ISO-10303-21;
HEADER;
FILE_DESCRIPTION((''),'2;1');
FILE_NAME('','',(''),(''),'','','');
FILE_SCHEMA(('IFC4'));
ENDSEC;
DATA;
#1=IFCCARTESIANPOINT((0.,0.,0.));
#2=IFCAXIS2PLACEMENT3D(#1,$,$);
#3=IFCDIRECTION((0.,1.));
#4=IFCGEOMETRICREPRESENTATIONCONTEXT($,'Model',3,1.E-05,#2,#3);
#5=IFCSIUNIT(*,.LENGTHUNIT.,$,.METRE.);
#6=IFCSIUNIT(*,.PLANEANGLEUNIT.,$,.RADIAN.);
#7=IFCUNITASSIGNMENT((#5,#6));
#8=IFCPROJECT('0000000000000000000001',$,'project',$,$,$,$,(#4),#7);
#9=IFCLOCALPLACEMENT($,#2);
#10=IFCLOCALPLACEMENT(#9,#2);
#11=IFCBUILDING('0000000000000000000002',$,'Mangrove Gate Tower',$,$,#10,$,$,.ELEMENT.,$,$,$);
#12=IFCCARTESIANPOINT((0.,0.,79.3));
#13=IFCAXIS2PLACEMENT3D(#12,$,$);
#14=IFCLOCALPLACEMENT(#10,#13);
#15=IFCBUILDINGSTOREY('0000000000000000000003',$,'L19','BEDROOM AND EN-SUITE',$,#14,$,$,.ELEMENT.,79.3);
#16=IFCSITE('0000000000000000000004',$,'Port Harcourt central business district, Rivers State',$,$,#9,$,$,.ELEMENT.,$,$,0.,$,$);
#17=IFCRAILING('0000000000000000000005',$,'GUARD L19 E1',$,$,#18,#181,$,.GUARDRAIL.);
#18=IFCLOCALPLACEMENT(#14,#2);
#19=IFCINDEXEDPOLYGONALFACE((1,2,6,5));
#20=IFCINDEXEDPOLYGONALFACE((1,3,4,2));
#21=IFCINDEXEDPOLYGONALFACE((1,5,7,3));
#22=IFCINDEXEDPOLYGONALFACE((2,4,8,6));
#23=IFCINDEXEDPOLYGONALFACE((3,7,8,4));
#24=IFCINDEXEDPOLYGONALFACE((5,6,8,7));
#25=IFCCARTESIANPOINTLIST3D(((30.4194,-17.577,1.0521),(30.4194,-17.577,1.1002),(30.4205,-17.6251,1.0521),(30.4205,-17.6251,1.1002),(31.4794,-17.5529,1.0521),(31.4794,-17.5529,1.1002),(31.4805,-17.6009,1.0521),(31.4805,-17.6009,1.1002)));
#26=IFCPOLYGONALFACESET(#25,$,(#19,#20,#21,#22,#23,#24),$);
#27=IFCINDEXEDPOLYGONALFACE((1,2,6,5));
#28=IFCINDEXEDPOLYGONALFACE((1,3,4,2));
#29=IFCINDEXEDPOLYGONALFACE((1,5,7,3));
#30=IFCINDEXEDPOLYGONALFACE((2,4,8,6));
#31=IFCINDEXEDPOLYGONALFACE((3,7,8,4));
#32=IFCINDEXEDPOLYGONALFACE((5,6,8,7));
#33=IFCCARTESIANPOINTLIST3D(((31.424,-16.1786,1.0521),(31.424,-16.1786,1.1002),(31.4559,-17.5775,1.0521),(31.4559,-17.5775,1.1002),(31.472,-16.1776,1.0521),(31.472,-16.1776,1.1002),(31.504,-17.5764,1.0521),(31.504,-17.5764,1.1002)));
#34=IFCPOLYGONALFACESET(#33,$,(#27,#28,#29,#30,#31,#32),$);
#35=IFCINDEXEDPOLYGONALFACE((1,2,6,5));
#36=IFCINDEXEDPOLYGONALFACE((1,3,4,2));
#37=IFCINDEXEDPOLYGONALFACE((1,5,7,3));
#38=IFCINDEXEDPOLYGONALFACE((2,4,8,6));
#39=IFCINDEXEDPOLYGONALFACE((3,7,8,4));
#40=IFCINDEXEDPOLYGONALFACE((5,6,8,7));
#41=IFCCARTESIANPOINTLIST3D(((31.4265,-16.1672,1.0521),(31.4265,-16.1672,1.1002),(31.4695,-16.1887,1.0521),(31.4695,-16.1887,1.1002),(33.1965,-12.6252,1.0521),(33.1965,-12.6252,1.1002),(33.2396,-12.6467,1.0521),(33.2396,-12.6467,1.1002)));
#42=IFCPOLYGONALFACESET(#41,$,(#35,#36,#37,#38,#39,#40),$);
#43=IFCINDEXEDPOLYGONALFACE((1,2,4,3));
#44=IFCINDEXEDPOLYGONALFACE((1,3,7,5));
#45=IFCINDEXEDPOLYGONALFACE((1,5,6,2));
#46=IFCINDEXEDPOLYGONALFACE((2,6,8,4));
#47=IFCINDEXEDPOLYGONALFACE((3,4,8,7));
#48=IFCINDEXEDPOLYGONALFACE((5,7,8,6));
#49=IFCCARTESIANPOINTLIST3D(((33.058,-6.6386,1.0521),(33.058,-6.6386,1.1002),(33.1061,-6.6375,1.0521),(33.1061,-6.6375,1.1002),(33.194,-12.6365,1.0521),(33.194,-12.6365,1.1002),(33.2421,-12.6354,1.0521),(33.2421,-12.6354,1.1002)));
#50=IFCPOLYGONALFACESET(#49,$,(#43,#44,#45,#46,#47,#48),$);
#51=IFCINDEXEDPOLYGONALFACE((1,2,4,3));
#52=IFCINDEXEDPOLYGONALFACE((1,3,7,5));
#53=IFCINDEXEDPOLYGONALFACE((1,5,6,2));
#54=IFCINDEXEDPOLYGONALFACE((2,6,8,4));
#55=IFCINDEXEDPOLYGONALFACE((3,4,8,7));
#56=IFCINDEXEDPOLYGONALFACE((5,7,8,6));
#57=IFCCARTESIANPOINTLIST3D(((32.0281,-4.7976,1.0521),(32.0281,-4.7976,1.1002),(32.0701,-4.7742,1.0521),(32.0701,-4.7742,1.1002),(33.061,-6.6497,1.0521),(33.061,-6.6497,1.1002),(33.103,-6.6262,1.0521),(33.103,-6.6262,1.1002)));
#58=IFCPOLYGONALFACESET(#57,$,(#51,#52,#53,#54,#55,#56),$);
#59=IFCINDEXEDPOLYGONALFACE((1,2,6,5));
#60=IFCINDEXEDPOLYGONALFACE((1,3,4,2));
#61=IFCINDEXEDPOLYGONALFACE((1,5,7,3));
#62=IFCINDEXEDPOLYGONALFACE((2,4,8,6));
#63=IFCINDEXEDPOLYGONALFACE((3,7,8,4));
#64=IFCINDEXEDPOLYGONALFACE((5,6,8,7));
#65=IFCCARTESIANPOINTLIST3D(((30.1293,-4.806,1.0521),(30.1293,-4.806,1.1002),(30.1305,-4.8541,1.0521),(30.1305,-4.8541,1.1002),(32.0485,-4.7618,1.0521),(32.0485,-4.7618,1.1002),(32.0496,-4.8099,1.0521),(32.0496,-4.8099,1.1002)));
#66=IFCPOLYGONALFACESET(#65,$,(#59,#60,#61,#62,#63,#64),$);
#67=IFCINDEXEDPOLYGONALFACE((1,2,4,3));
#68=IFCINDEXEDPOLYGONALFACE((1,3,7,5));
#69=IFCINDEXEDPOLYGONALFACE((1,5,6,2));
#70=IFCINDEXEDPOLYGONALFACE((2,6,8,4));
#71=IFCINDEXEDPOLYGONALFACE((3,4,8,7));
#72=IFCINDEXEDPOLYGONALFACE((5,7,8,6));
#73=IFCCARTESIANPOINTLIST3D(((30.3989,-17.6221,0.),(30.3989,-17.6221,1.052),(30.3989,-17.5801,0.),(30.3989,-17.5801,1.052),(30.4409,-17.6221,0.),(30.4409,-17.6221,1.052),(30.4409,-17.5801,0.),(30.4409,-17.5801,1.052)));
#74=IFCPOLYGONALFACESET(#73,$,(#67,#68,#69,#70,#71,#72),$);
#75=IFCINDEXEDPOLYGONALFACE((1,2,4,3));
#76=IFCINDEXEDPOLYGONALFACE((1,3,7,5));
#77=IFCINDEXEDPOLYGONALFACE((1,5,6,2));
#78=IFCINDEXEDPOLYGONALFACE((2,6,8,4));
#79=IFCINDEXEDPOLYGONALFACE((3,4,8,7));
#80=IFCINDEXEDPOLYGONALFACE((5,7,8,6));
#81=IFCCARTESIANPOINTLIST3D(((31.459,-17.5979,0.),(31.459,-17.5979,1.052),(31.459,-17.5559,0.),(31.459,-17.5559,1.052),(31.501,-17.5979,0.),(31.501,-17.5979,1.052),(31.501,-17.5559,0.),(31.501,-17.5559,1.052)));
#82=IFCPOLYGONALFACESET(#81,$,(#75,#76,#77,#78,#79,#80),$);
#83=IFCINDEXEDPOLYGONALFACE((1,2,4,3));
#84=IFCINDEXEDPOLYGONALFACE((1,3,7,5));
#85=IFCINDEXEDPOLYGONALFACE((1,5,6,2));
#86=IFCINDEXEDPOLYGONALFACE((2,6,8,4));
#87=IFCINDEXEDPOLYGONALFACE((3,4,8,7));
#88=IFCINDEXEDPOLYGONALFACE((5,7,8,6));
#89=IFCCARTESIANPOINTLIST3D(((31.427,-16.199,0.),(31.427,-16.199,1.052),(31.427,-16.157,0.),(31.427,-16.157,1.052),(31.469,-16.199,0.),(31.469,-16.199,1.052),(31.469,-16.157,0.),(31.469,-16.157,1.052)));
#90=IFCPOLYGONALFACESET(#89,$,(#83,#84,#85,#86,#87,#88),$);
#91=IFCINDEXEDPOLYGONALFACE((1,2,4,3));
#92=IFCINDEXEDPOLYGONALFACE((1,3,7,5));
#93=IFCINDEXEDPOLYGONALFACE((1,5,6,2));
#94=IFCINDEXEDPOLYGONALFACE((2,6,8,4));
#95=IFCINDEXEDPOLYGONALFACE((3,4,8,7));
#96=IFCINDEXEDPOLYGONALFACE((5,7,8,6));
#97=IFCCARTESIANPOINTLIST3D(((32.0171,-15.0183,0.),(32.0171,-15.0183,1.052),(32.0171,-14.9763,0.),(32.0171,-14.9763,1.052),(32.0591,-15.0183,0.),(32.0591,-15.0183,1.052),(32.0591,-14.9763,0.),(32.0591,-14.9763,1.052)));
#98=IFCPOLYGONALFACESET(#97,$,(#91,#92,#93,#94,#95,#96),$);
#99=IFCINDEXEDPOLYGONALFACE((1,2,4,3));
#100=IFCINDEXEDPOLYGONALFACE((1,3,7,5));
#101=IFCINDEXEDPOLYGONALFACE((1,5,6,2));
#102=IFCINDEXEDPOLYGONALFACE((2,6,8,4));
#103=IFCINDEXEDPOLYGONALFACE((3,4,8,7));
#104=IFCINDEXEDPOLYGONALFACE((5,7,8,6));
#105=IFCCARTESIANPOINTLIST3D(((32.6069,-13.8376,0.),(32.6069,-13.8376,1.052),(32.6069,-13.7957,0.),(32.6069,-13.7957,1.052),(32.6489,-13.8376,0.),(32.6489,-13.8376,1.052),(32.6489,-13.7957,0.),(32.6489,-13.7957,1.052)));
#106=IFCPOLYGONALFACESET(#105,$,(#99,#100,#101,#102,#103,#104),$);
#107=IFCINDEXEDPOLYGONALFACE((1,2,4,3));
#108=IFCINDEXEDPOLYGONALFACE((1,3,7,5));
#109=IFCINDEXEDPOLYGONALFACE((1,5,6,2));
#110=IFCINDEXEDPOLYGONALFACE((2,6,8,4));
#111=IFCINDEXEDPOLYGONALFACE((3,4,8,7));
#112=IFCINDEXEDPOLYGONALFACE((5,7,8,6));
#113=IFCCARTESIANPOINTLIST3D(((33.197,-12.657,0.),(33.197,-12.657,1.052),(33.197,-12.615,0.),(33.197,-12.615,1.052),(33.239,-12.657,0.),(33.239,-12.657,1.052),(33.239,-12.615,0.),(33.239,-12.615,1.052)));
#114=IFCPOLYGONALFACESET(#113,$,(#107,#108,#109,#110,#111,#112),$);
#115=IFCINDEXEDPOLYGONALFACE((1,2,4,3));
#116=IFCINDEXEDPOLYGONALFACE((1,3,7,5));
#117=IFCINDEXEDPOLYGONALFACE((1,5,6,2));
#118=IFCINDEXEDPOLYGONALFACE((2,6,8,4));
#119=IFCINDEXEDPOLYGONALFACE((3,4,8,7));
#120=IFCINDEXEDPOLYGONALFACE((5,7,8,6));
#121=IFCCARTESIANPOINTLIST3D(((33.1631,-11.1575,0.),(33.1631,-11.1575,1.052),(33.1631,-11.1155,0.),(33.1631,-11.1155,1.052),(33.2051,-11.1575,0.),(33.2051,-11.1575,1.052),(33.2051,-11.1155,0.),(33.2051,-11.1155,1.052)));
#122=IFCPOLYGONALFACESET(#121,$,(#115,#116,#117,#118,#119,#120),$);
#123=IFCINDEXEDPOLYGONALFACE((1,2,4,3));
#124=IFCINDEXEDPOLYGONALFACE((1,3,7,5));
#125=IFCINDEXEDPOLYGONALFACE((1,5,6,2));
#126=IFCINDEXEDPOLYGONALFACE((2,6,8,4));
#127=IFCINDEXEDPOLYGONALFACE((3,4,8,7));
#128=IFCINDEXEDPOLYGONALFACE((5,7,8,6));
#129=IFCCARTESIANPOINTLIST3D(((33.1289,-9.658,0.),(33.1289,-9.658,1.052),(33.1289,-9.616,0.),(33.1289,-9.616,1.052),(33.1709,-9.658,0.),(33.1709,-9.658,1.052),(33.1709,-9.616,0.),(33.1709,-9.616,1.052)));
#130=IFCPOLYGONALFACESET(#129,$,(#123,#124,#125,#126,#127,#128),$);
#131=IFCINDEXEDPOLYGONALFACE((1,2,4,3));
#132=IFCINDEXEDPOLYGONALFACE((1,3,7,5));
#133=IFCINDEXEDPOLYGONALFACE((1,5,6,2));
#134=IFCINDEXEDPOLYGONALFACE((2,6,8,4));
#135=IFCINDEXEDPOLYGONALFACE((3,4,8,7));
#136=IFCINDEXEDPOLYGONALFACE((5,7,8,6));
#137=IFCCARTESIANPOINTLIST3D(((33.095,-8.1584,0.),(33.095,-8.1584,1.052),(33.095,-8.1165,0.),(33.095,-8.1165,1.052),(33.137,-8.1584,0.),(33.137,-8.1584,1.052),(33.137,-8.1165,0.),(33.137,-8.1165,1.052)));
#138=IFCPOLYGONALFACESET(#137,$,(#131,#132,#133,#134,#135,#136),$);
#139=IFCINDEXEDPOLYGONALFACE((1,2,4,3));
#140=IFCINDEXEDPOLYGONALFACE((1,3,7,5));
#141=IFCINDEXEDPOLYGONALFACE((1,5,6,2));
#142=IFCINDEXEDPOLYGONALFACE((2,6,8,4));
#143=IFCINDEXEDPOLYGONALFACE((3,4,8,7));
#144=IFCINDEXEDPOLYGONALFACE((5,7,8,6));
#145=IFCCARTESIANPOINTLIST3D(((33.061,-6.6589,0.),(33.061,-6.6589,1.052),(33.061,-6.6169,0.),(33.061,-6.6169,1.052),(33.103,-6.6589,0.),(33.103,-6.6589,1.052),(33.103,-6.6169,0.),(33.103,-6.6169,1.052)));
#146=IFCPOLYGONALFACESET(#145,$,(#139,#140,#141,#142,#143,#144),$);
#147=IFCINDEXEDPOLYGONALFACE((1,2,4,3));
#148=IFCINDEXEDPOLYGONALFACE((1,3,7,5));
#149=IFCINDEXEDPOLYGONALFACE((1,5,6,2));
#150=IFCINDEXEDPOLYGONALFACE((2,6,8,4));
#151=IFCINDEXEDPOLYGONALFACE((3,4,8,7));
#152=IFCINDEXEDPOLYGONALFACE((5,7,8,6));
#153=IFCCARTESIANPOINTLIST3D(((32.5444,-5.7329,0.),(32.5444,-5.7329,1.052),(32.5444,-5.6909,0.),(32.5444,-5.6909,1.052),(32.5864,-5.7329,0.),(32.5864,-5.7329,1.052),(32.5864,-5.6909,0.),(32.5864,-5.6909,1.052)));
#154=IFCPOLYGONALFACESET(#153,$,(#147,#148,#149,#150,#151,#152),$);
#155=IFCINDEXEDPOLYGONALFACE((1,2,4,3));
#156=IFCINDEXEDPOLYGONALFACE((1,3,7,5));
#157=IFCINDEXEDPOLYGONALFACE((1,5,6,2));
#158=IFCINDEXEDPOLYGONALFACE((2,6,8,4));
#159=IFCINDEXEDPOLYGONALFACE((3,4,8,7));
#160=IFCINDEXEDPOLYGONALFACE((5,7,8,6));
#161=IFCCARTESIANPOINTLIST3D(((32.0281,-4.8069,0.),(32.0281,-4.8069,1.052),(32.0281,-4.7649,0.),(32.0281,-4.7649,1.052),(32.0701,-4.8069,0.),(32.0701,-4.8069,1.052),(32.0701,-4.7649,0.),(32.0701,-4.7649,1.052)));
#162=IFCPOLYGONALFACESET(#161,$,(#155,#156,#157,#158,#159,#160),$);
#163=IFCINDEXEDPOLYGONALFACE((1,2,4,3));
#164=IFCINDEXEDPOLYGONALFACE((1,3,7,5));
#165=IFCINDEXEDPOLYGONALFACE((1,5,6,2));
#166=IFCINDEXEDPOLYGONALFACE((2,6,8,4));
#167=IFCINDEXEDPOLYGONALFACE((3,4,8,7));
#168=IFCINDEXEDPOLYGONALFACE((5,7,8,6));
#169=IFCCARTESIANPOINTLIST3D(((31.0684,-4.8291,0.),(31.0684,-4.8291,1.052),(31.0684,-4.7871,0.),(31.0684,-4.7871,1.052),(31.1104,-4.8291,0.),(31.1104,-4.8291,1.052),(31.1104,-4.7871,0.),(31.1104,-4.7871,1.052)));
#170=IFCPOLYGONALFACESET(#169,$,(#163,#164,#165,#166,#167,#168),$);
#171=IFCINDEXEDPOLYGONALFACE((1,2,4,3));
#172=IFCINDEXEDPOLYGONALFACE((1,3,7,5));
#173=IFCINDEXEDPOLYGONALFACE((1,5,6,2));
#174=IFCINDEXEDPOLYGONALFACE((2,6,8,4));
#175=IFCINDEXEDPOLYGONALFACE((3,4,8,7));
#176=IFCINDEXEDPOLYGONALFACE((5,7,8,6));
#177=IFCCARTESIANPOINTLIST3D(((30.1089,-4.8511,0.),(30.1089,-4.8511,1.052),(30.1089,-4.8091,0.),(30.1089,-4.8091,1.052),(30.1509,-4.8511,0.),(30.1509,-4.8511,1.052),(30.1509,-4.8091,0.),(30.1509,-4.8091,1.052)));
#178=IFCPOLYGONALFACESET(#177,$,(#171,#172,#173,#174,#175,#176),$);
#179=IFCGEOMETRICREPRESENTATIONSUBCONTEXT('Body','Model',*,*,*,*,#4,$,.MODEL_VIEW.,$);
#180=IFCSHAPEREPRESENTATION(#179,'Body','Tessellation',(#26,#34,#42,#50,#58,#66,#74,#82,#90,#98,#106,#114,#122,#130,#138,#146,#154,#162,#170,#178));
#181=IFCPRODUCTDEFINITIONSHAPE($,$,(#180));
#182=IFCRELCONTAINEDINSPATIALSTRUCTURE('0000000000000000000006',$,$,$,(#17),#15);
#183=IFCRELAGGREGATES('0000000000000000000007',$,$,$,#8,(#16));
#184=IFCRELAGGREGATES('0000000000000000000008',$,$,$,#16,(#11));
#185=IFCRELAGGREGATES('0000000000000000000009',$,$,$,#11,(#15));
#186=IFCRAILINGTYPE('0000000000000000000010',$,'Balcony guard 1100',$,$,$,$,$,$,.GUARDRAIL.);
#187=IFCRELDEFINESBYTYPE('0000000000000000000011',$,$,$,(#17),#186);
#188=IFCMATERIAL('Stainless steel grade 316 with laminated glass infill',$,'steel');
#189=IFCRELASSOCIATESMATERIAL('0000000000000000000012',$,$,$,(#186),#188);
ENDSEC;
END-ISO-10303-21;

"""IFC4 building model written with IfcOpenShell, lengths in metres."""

from ifc_helpers import new_model, si_unit, direction, frame, origin, origin_2d, place, context, subcontext, project, spatial, rectangle, extrude, material, type_object, element, save


model = new_model("IFC4")

# Units and contexts
model_context = context("Model", 3, precision=1e-05, world=origin(), true_north=direction((0.0, 1.0)))
body_context = subcontext(model_context, "Body", "Model", "MODEL_VIEW")
ifc_project = project(units=[si_unit("LENGTHUNIT", "METRE"), si_unit("PLANEANGLEUNIT", "RADIAN")], contexts=[model_context])

# Site, building, storey
site_placement = place(None, origin())
site = spatial("IfcSite", under=ifc_project, at=site_placement, Name="Port Harcourt central business district, Rivers State", CompositionType="ELEMENT", RefElevation=0.0)
building_placement = place(site_placement, origin())
building = spatial("IfcBuilding", under=site, at=building_placement, Name="Mangrove Gate Tower", CompositionType="ELEMENT")
storey_placement = place(building_placement, frame((0.0, 0.0, 79.3)))
storey = spatial("IfcBuildingStorey", under=building, at=storey_placement, Name="L19", Description="BEDROOM AND EN-SUITE", CompositionType="ELEMENT", Elevation=79.3)

# Railing
ifc_material_1 = material(Name="Stainless steel grade 316 with laminated glass infill", Category="steel")
railing_type = type_object("IfcRailingType", Name="Balcony guard 1100", PredefinedType="GUARDRAIL", material=ifc_material_1)
railing_placement = place(storey_placement, frame((30.4199, -17.6011, 0.0)))
element("IfcRailing", 1, at=railing_placement, inside=storey, type_object=railing_type, Name="GUARD L19 E1", PredefinedType="GUARDRAIL", context=body_context, shape_type="SweptSolid", body=[
    extrude(rectangle(XDim=0.0481, YDim=0.0481, at=origin_2d()), frame((0.0, 0.0, 1.0762), z_axis=(0.99974, 0.022795, 0.0), x_axis=(-0.022795, 0.99974, 0.0)), (0.0, 0.0, 1.0), 1.0603),
    extrude(rectangle(XDim=0.0481, YDim=0.0481, at=origin_2d()), frame((1.0601, 0.0242, 1.0762), z_axis=(-0.022856, 0.999739, 0.0), x_axis=(-0.999739, -0.022856, 0.0)), (0.0, 0.0, 1.0), 1.3992),
    extrude(rectangle(XDim=0.0481, YDim=0.0481, at=origin_2d()), frame((1.0281, 1.4231, 1.0762), z_axis=(0.447016, 0.894526, 0.0), x_axis=(-0.894526, 0.447016, 0.0)), (0.0, 0.0, 1.0), 3.9597),
    extrude(rectangle(XDim=0.0481, YDim=0.0481, at=origin_2d()), frame((2.7981, 4.9651, 1.0762), z_axis=(-0.022666, 0.999743, 0.0), x_axis=(-0.999743, -0.022666, 0.0)), (0.0, 0.0, 1.0), 5.9995),
    extrude(rectangle(XDim=0.0481, YDim=0.0481, at=origin_2d()), frame((2.6621, 10.9631, 1.0762), z_axis=(-0.487099, 0.873347, 0.0), x_axis=(-0.873347, -0.487099, 0.0)), (0.0, 0.0, 1.0), 2.1206),
    extrude(rectangle(XDim=0.0481, YDim=0.0481, at=origin_2d()), frame((1.6292, 12.8152, 1.0762), z_axis=(-0.999735, -0.023019, 0.0), x_axis=(0.023019, -0.999735, 0.0)), (0.0, 0.0, 1.0), 1.9197),
    extrude(rectangle(XDim=0.042, YDim=0.042, at=origin_2d()), origin(), (0.0, 0.0, 1.0), 1.052),
    extrude(rectangle(XDim=0.042, YDim=0.042, at=origin_2d()), frame((1.0601, 0.0242, 0.0)), (0.0, 0.0, 1.0), 1.052),
    extrude(rectangle(XDim=0.042, YDim=0.042, at=origin_2d()), frame((1.0281, 1.4231, 0.0)), (0.0, 0.0, 1.0), 1.052),
    extrude(rectangle(XDim=0.042, YDim=0.042, at=origin_2d()), frame((1.6182, 2.6038, 0.0)), (0.0, 0.0, 1.0), 1.052),
    extrude(rectangle(XDim=0.042, YDim=0.042, at=origin_2d()), frame((2.208, 3.7844, 0.0)), (0.0, 0.0, 1.0), 1.052),
    extrude(rectangle(XDim=0.042, YDim=0.042, at=origin_2d()), frame((2.7981, 4.9651, 0.0)), (0.0, 0.0, 1.0), 1.052),
    extrude(rectangle(XDim=0.042, YDim=0.042, at=origin_2d()), frame((2.7642, 6.4646, 0.0)), (0.0, 0.0, 1.0), 1.052),
    extrude(rectangle(XDim=0.042, YDim=0.042, at=origin_2d()), frame((2.73, 7.9641, 0.0)), (0.0, 0.0, 1.0), 1.052),
    extrude(rectangle(XDim=0.042, YDim=0.042, at=origin_2d()), frame((2.696, 9.4636, 0.0)), (0.0, 0.0, 1.0), 1.052),
    extrude(rectangle(XDim=0.042, YDim=0.042, at=origin_2d()), frame((2.6621, 10.9631, 0.0)), (0.0, 0.0, 1.0), 1.052),
    extrude(rectangle(XDim=0.042, YDim=0.042, at=origin_2d()), frame((2.1455, 11.8892, 0.0)), (0.0, 0.0, 1.0), 1.052),
    extrude(rectangle(XDim=0.042, YDim=0.042, at=origin_2d()), frame((1.6292, 12.8152, 0.0)), (0.0, 0.0, 1.0), 1.052),
    extrude(rectangle(XDim=0.042, YDim=0.042, at=origin_2d()), frame((0.6694, 12.793, 0.0)), (0.0, 0.0, 1.0), 1.052),
    extrude(rectangle(XDim=0.042, YDim=0.042, at=origin_2d()), frame((-0.29, 12.771, 0.0)), (0.0, 0.0, 1.0), 1.052),
])

save(model, "model.ifc")
